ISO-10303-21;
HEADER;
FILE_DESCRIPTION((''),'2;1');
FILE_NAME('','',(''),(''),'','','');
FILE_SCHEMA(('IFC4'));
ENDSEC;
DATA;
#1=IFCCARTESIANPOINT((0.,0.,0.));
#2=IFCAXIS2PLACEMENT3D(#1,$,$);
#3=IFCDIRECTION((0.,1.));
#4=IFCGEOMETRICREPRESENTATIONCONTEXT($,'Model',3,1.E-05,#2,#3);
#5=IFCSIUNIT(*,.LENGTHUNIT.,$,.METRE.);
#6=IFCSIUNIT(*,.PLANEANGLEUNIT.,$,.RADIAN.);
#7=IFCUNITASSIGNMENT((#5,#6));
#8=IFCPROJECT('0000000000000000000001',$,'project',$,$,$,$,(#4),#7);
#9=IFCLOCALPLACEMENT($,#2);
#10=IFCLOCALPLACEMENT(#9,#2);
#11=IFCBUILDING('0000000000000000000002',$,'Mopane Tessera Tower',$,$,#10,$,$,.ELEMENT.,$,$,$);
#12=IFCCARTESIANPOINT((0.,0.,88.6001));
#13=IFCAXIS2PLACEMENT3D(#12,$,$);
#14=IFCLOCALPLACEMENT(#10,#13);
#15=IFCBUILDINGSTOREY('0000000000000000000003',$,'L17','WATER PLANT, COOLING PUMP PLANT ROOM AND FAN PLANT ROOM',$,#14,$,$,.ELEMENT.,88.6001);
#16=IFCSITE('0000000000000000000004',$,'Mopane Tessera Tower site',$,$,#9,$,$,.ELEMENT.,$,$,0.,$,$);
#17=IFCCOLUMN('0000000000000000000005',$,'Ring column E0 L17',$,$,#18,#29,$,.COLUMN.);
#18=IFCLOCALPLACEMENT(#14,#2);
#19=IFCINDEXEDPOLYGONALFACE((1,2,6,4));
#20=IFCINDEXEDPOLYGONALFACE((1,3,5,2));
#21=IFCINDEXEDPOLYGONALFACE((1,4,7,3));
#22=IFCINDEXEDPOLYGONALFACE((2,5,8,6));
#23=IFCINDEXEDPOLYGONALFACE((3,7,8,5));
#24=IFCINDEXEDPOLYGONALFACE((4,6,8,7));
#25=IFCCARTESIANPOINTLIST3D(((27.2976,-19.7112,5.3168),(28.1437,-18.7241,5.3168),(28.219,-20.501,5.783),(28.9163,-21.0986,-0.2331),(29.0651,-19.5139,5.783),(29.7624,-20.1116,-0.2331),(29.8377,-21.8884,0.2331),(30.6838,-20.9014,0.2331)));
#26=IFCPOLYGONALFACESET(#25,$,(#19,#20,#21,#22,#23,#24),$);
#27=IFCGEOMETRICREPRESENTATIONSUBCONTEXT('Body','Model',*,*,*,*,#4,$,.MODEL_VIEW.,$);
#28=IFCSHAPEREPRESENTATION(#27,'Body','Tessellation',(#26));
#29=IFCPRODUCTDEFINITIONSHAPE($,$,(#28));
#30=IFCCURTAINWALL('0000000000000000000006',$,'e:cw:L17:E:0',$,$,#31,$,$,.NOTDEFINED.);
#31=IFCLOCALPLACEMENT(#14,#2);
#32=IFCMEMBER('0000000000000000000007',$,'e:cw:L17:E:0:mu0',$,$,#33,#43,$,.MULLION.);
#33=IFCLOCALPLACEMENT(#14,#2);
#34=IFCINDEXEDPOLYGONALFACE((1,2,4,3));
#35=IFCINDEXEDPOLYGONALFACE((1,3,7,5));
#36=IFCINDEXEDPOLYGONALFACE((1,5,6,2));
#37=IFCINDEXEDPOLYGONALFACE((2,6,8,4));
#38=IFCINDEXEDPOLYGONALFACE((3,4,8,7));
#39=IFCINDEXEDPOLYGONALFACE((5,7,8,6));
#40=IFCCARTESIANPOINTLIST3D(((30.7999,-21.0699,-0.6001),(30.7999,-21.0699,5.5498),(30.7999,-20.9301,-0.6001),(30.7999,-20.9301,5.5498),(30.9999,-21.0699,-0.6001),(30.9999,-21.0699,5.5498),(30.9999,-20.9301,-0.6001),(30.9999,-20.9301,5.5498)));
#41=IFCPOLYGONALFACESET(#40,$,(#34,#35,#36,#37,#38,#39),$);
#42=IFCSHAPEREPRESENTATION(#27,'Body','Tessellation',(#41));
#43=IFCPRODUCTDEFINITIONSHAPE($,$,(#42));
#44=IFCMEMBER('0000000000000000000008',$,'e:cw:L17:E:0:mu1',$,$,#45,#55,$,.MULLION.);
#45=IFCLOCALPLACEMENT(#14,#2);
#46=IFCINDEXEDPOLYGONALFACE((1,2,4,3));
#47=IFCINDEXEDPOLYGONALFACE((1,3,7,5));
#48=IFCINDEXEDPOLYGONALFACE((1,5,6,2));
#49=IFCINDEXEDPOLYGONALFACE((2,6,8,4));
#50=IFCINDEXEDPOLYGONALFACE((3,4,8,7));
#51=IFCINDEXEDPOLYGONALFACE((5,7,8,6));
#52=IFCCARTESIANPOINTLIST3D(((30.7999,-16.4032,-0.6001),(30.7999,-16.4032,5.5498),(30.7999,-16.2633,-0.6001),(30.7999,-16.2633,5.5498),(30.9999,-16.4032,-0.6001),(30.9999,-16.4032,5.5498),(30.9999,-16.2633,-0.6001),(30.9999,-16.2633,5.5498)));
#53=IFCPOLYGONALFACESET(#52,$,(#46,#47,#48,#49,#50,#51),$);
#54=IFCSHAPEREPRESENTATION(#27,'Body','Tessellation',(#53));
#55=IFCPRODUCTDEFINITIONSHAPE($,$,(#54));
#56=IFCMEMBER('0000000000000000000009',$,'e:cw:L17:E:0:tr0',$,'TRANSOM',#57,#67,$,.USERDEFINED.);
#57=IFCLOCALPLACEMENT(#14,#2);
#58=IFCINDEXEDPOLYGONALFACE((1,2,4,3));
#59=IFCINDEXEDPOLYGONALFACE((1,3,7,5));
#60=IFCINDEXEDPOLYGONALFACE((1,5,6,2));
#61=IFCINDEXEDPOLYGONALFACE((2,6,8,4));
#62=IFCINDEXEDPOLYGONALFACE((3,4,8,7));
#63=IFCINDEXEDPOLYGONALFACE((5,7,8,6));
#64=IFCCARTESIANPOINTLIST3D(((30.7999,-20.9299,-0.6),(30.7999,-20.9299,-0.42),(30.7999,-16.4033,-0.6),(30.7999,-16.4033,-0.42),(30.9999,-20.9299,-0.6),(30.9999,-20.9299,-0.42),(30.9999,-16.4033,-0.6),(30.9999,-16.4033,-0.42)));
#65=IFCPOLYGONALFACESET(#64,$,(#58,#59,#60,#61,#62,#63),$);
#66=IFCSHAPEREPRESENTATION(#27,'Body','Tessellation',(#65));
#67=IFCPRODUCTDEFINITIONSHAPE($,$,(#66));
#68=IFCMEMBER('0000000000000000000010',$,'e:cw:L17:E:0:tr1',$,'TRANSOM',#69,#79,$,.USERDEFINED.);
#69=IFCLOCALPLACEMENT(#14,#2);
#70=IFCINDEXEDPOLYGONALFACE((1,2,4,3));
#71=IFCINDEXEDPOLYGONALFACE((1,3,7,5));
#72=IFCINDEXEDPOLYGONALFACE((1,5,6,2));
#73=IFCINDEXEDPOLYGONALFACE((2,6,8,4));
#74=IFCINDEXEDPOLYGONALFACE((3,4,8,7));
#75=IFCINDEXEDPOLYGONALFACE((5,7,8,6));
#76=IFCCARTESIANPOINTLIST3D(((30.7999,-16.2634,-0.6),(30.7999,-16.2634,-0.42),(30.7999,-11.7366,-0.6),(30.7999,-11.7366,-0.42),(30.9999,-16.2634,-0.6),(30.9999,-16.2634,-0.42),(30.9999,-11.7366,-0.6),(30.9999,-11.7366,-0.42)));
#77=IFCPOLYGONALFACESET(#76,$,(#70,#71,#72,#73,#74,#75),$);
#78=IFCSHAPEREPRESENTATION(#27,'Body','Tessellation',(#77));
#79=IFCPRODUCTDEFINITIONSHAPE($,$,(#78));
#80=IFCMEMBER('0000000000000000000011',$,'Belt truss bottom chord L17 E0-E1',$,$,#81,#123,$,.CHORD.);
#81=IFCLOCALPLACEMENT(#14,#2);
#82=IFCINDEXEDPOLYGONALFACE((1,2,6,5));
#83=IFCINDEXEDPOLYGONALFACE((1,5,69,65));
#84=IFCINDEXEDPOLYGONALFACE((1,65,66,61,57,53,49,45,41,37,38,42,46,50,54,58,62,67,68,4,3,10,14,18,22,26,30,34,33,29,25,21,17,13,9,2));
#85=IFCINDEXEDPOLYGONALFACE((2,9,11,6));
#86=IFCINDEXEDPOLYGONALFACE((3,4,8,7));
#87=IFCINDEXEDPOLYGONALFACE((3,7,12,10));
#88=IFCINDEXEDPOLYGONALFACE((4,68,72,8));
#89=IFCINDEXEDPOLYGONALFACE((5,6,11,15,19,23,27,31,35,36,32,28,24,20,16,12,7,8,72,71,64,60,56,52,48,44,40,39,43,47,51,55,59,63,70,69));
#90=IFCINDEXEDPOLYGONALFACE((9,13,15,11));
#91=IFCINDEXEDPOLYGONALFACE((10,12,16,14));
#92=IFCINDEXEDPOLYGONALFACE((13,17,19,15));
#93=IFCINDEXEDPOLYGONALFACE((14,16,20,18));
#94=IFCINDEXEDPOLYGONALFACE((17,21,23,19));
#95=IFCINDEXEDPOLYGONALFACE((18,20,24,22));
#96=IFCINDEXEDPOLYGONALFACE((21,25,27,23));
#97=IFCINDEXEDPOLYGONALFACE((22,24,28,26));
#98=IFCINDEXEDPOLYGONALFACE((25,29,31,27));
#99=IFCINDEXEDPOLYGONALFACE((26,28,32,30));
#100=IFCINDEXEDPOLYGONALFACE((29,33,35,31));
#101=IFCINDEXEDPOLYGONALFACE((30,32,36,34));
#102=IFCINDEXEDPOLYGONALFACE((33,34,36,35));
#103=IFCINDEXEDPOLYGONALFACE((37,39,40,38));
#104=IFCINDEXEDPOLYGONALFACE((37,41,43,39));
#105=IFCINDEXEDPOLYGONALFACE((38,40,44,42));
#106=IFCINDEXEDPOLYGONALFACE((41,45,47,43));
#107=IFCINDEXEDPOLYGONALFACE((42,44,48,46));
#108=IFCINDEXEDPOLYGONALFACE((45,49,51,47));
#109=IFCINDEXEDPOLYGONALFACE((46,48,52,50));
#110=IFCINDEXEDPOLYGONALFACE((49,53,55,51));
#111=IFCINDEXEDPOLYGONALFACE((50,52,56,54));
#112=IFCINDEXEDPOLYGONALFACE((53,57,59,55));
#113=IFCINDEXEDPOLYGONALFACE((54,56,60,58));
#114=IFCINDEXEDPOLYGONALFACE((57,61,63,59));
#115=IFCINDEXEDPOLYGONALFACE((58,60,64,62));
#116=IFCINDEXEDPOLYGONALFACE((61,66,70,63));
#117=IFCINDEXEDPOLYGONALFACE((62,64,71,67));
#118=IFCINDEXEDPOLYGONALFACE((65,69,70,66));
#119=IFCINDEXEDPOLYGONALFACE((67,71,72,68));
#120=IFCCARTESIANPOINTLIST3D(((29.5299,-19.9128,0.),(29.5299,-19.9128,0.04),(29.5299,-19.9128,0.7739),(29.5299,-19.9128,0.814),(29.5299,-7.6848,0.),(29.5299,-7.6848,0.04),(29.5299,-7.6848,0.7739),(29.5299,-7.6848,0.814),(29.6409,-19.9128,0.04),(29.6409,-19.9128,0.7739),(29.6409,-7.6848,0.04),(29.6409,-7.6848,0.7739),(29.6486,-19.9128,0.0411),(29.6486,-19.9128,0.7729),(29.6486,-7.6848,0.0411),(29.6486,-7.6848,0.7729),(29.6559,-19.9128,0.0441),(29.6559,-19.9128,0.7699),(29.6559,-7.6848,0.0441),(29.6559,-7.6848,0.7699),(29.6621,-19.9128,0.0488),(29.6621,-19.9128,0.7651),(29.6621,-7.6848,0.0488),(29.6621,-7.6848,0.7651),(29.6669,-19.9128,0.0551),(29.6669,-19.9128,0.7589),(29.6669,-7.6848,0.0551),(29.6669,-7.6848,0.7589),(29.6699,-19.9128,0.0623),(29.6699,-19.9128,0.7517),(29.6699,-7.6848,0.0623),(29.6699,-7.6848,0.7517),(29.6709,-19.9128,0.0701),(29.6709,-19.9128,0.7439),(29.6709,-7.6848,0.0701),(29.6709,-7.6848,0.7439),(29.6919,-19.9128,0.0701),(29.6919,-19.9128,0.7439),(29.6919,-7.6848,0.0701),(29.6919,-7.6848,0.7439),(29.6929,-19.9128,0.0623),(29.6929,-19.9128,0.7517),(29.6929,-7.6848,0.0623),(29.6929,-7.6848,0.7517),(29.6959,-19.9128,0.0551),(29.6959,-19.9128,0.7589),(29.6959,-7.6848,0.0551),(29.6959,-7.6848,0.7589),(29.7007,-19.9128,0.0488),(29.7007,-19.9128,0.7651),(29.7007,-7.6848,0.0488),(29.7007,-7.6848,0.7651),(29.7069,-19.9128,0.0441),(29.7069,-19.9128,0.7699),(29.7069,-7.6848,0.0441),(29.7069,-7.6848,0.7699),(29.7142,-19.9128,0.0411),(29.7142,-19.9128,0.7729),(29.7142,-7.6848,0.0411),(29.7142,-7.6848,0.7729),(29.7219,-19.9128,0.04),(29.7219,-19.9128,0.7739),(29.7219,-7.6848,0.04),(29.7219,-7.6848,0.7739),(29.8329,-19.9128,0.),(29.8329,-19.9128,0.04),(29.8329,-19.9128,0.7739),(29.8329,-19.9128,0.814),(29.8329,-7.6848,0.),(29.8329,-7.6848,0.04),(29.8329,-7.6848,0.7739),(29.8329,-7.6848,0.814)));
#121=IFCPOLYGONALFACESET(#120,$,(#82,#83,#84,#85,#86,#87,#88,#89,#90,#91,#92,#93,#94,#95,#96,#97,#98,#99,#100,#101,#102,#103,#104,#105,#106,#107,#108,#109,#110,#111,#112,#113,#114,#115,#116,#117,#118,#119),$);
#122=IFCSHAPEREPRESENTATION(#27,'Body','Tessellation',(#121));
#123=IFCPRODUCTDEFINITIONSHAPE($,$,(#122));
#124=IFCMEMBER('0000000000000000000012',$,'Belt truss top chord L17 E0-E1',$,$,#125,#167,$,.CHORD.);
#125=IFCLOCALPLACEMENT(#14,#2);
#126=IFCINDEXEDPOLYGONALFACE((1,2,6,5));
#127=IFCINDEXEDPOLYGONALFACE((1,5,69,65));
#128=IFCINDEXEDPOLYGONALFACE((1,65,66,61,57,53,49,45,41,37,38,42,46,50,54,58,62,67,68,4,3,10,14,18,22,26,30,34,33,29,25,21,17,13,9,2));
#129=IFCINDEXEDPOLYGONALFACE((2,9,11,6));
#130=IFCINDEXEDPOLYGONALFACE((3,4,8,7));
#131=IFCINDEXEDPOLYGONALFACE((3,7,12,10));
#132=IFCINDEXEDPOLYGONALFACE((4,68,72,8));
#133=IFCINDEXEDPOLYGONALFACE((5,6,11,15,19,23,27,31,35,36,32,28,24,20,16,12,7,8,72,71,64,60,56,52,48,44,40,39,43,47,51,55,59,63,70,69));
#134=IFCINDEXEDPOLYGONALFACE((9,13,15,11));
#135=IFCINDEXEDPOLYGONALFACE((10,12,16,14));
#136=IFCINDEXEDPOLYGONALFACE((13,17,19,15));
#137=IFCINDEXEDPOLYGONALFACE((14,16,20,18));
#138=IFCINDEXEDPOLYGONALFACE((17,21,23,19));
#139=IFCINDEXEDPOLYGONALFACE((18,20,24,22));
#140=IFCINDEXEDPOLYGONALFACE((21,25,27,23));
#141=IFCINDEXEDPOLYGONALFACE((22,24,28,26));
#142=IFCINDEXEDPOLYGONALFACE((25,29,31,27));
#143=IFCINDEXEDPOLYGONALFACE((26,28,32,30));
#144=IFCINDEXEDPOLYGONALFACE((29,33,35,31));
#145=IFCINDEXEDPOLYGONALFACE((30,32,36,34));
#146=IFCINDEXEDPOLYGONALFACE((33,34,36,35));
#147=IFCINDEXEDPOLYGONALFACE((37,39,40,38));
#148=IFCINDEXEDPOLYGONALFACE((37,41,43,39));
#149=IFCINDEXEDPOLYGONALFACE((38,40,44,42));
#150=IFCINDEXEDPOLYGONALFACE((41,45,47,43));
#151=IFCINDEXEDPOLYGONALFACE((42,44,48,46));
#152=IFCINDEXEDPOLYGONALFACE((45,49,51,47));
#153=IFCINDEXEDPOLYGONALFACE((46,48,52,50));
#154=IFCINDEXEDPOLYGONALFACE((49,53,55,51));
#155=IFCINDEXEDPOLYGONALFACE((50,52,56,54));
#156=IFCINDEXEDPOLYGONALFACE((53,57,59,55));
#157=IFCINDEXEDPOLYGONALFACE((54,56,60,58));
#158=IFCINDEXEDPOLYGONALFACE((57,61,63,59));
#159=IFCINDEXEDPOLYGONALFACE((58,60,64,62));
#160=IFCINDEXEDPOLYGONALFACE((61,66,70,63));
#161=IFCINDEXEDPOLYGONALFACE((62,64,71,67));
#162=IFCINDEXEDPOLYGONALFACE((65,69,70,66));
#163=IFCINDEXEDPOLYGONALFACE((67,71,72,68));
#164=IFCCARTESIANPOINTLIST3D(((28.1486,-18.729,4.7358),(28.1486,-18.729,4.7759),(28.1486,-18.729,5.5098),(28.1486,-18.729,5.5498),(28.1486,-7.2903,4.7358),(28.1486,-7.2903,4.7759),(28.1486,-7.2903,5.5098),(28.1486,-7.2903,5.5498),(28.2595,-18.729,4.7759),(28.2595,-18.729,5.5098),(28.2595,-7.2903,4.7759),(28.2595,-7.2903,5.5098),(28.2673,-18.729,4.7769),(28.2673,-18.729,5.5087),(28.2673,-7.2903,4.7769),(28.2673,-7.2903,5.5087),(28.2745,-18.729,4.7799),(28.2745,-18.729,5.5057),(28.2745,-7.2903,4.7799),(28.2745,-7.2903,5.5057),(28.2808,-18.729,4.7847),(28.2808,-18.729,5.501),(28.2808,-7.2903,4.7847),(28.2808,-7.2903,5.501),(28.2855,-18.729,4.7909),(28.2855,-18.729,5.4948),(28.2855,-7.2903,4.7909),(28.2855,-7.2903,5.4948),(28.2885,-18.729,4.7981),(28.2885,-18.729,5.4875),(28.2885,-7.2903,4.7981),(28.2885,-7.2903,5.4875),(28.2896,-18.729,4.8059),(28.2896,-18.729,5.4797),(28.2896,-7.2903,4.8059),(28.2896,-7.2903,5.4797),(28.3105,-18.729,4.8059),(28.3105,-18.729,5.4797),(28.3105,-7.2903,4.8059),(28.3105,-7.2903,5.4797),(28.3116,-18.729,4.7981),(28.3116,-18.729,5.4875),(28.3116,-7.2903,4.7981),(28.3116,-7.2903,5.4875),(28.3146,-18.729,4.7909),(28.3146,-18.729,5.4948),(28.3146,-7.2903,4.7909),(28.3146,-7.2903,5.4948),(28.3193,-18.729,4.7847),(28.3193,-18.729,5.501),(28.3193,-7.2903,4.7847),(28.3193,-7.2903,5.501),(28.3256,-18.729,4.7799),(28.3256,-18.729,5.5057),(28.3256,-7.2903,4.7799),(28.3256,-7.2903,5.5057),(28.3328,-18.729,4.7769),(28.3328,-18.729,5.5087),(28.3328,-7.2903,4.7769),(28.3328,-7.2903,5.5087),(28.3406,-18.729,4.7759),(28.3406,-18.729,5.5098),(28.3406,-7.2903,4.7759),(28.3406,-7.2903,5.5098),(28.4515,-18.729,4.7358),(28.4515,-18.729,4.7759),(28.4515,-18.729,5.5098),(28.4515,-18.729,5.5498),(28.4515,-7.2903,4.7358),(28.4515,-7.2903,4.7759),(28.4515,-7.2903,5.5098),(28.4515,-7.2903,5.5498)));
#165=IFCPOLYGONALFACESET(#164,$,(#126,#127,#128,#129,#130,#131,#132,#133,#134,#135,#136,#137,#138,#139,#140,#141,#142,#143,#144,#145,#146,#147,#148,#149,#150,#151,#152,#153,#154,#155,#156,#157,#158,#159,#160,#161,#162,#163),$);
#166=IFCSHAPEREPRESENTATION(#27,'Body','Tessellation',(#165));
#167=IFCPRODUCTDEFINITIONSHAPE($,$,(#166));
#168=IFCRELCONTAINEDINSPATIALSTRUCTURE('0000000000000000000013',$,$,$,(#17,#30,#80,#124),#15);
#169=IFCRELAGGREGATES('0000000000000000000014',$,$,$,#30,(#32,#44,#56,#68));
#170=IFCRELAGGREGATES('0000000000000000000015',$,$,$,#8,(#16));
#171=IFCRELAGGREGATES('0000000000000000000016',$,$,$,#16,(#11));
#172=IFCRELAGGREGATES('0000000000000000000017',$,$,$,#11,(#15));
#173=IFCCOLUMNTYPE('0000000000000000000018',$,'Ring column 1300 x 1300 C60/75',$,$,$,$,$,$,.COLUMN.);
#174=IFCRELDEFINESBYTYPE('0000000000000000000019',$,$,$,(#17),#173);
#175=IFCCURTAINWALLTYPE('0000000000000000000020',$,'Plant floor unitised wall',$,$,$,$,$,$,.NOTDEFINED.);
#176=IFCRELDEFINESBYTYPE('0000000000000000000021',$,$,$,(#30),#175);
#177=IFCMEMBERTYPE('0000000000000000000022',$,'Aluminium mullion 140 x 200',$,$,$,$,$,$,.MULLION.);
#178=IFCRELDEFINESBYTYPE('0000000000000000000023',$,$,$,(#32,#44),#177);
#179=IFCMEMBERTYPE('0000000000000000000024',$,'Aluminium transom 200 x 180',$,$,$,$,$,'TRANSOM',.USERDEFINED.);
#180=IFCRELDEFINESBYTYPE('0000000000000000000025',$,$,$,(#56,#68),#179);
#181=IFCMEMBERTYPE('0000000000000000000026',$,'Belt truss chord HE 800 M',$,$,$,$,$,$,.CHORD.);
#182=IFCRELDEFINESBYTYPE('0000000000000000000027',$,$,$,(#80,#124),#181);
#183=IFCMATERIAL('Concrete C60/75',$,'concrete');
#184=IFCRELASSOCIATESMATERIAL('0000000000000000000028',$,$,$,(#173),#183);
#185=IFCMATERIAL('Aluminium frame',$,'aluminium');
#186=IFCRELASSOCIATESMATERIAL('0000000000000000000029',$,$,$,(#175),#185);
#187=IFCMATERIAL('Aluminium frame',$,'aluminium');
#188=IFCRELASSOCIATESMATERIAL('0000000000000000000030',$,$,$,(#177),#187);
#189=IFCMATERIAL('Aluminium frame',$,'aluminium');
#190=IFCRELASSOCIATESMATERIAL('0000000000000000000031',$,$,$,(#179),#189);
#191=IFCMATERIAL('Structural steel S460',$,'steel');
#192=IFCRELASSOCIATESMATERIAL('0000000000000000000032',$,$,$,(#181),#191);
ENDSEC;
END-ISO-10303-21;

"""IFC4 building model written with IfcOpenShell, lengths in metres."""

from ifc_helpers import new_model, si_unit, direction, frame, origin, origin_2d, place, context, subcontext, project, spatial, rectangle, i_section, extrude, material, material_profile, profile_set, type_object, element, aggregate, save


model = new_model("IFC4")

# Units and contexts
model_context = context("Model", 3, precision=1e-05, world=origin(), true_north=direction((0.0, 1.0)))
body_context = subcontext(model_context, "Body", "Model", "MODEL_VIEW")
ifc_project = project(units=[si_unit("LENGTHUNIT", "METRE"), si_unit("PLANEANGLEUNIT", "RADIAN")], contexts=[model_context])

# Site, building, storey
site_placement = place(None, origin())
site = spatial("IfcSite", under=ifc_project, at=site_placement, Name="Mopane Tessera Tower site", CompositionType="ELEMENT", RefElevation=0.0)
building_placement = place(site_placement, origin())
building = spatial("IfcBuilding", under=site, at=building_placement, Name="Mopane Tessera Tower", CompositionType="ELEMENT")
storey_placement = place(building_placement, frame((0.0, 0.0, 88.6001)))
storey = spatial("IfcBuildingStorey", under=building, at=storey_placement, Name="L17", Description="WATER PLANT, COOLING PUMP PLANT ROOM AND FAN PLANT ROOM", CompositionType="ELEMENT", Elevation=88.6001)

# Column
ifc_material_1 = material(Name="Concrete C60/75", Category="concrete")
ifc_material_profile_1 = material_profile(ifc_material_1, rectangle(XDim=1.3, YDim=1.3, at=origin_2d()))
ifc_profile_set_1 = profile_set([ifc_material_profile_1], Name="Concrete C60/75")
column_type = type_object("IfcColumnType", Name="Ring column 1300 x 1300 C60/75", PredefinedType="COLUMN", material=ifc_profile_set_1)
column_placement = place(storey_placement, frame((29.8, -21.0, 0.0), z_axis=(-0.272262, 0.233373, 0.933494), x_axis=(-0.650801, -0.759249, 0.0)))
element("IfcColumn", 1, at=column_placement, inside=storey, type_object=column_type, Name="Ring column E0 L17", PredefinedType="COLUMN", context=body_context, shape_type="SweptSolid", body=[
    extrude(rectangle(XDim=1.3, YDim=1.3, at=origin_2d()), origin(), (0.0, 0.0, 1.0), 5.9453),
])

# Curtain wall, members
ifc_material_2 = material(Name="Aluminium frame", Category="aluminium")
curtain_wall_type = type_object("IfcCurtainWallType", Name="Plant floor unitised wall", PredefinedType="NOTDEFINED", material=ifc_material_2)
curtain_wall_placement = place(storey_placement, origin())
curtain_wall = element("IfcCurtainWall", 2, at=curtain_wall_placement, inside=storey, type_object=curtain_wall_type, Name="e:cw:L17:E:0", PredefinedType="NOTDEFINED")
ifc_material_3 = material(Name="Aluminium frame", Category="aluminium")
ifc_material_profile_2 = material_profile(ifc_material_3, rectangle(XDim=0.1399, YDim=0.2, at=origin_2d()))
ifc_profile_set_2 = profile_set([ifc_material_profile_2], Name="Aluminium frame")
member_type_1 = type_object("IfcMemberType", Name="Aluminium mullion 140 x 200", PredefinedType="MULLION", material=ifc_profile_set_2)
member_1_placement = place(storey_placement, frame((30.8999, -21.0, -0.6001), z_axis=(0.0, 0.0, 1.0), x_axis=(0.0, 1.0, 0.0)))
member_1 = element("IfcMember", 3, at=member_1_placement, type_object=member_type_1, Name="e:cw:L17:E:0:mu0", PredefinedType="MULLION", context=body_context, shape_type="SweptSolid", body=[
    extrude(rectangle(XDim=0.1399, YDim=0.2, at=origin_2d()), origin(), (0.0, 0.0, 1.0), 6.1499),
])
member_2_placement = place(storey_placement, frame((30.8999, -16.3333, -0.6001), z_axis=(0.0, 0.0, 1.0), x_axis=(0.0, 1.0, 0.0)))
member_2 = element("IfcMember", 4, at=member_2_placement, type_object=member_type_1, Name="e:cw:L17:E:0:mu1", PredefinedType="MULLION", context=body_context, shape_type="SweptSolid", body=[
    extrude(rectangle(XDim=0.1399, YDim=0.2, at=origin_2d()), origin(), (0.0, 0.0, 1.0), 6.1499),
])
ifc_material_4 = material(Name="Aluminium frame", Category="aluminium")
ifc_material_profile_3 = material_profile(ifc_material_4, rectangle(XDim=0.2, YDim=0.1799, at=origin_2d()))
ifc_profile_set_3 = profile_set([ifc_material_profile_3], Name="Aluminium frame")
member_type_2 = type_object("IfcMemberType", Name="Aluminium transom 200 x 180", ElementType="TRANSOM", PredefinedType="USERDEFINED", material=ifc_profile_set_3)
member_3_placement = place(storey_placement, frame((30.8999, -20.9299, -0.51), z_axis=(0.0, 1.0, 0.0), x_axis=(-1.0, 0.0, 0.0)))
member_3 = element("IfcMember", 5, at=member_3_placement, type_object=member_type_2, Name="e:cw:L17:E:0:tr0", ObjectType="TRANSOM", PredefinedType="USERDEFINED", context=body_context, shape_type="SweptSolid", body=[
    extrude(rectangle(XDim=0.2, YDim=0.1799, at=origin_2d()), origin(), (0.0, 0.0, 1.0), 4.5266),
])
member_4_placement = place(storey_placement, frame((30.8999, -16.2634, -0.51), z_axis=(0.0, 1.0, 0.0), x_axis=(-1.0, 0.0, 0.0)))
member_4 = element("IfcMember", 6, at=member_4_placement, type_object=member_type_2, Name="e:cw:L17:E:0:tr1", ObjectType="TRANSOM", PredefinedType="USERDEFINED", context=body_context, shape_type="SweptSolid", body=[
    extrude(rectangle(XDim=0.2, YDim=0.1799, at=origin_2d()), origin(), (0.0, 0.0, 1.0), 4.5269),
])

# Members
ifc_material_5 = material(Name="Structural steel S460", Category="steel")
ifc_material_profile_4 = material_profile(ifc_material_5, i_section(OverallWidth=0.303, OverallDepth=0.814, WebThickness=0.021, FlangeThickness=0.04, FilletRadius=0.03, at=origin_2d()))
ifc_profile_set_4 = profile_set([ifc_material_profile_4], Name="Structural steel S460")
member_type_3 = type_object("IfcMemberType", Name="Belt truss chord HE 800 M", PredefinedType="CHORD", material=ifc_profile_set_4)
member_5_placement = place(storey_placement, frame((29.6814, -19.9128, 0.407), z_axis=(0.0, 1.0, 0.0), x_axis=(-1.0, 0.0, 0.0)))
element("IfcMember", 7, at=member_5_placement, inside=storey, type_object=member_type_3, Name="Belt truss bottom chord L17 E0-E1", PredefinedType="CHORD", context=body_context, shape_type="SweptSolid", body=[
    extrude(i_section(OverallWidth=0.303, OverallDepth=0.814, WebThickness=0.021, FlangeThickness=0.04, FilletRadius=0.03, at=origin_2d()), origin(), (0.0, 0.0, 1.0), 12.228),
])
member_6_placement = place(storey_placement, frame((28.3, -18.729, 5.1428), z_axis=(0.0, 1.0, 0.0), x_axis=(-1.0, 0.0, 0.0)))
element("IfcMember", 8, at=member_6_placement, inside=storey, type_object=member_type_3, Name="Belt truss top chord L17 E0-E1", PredefinedType="CHORD", context=body_context, shape_type="SweptSolid", body=[
    extrude(i_section(OverallWidth=0.303, OverallDepth=0.814, WebThickness=0.021, FlangeThickness=0.04, FilletRadius=0.03, at=origin_2d()), origin(), (0.0, 0.0, 1.0), 11.4387),
])

aggregate(curtain_wall, [member_1, member_2, member_3, member_4])

save(model, "model.ifc")
